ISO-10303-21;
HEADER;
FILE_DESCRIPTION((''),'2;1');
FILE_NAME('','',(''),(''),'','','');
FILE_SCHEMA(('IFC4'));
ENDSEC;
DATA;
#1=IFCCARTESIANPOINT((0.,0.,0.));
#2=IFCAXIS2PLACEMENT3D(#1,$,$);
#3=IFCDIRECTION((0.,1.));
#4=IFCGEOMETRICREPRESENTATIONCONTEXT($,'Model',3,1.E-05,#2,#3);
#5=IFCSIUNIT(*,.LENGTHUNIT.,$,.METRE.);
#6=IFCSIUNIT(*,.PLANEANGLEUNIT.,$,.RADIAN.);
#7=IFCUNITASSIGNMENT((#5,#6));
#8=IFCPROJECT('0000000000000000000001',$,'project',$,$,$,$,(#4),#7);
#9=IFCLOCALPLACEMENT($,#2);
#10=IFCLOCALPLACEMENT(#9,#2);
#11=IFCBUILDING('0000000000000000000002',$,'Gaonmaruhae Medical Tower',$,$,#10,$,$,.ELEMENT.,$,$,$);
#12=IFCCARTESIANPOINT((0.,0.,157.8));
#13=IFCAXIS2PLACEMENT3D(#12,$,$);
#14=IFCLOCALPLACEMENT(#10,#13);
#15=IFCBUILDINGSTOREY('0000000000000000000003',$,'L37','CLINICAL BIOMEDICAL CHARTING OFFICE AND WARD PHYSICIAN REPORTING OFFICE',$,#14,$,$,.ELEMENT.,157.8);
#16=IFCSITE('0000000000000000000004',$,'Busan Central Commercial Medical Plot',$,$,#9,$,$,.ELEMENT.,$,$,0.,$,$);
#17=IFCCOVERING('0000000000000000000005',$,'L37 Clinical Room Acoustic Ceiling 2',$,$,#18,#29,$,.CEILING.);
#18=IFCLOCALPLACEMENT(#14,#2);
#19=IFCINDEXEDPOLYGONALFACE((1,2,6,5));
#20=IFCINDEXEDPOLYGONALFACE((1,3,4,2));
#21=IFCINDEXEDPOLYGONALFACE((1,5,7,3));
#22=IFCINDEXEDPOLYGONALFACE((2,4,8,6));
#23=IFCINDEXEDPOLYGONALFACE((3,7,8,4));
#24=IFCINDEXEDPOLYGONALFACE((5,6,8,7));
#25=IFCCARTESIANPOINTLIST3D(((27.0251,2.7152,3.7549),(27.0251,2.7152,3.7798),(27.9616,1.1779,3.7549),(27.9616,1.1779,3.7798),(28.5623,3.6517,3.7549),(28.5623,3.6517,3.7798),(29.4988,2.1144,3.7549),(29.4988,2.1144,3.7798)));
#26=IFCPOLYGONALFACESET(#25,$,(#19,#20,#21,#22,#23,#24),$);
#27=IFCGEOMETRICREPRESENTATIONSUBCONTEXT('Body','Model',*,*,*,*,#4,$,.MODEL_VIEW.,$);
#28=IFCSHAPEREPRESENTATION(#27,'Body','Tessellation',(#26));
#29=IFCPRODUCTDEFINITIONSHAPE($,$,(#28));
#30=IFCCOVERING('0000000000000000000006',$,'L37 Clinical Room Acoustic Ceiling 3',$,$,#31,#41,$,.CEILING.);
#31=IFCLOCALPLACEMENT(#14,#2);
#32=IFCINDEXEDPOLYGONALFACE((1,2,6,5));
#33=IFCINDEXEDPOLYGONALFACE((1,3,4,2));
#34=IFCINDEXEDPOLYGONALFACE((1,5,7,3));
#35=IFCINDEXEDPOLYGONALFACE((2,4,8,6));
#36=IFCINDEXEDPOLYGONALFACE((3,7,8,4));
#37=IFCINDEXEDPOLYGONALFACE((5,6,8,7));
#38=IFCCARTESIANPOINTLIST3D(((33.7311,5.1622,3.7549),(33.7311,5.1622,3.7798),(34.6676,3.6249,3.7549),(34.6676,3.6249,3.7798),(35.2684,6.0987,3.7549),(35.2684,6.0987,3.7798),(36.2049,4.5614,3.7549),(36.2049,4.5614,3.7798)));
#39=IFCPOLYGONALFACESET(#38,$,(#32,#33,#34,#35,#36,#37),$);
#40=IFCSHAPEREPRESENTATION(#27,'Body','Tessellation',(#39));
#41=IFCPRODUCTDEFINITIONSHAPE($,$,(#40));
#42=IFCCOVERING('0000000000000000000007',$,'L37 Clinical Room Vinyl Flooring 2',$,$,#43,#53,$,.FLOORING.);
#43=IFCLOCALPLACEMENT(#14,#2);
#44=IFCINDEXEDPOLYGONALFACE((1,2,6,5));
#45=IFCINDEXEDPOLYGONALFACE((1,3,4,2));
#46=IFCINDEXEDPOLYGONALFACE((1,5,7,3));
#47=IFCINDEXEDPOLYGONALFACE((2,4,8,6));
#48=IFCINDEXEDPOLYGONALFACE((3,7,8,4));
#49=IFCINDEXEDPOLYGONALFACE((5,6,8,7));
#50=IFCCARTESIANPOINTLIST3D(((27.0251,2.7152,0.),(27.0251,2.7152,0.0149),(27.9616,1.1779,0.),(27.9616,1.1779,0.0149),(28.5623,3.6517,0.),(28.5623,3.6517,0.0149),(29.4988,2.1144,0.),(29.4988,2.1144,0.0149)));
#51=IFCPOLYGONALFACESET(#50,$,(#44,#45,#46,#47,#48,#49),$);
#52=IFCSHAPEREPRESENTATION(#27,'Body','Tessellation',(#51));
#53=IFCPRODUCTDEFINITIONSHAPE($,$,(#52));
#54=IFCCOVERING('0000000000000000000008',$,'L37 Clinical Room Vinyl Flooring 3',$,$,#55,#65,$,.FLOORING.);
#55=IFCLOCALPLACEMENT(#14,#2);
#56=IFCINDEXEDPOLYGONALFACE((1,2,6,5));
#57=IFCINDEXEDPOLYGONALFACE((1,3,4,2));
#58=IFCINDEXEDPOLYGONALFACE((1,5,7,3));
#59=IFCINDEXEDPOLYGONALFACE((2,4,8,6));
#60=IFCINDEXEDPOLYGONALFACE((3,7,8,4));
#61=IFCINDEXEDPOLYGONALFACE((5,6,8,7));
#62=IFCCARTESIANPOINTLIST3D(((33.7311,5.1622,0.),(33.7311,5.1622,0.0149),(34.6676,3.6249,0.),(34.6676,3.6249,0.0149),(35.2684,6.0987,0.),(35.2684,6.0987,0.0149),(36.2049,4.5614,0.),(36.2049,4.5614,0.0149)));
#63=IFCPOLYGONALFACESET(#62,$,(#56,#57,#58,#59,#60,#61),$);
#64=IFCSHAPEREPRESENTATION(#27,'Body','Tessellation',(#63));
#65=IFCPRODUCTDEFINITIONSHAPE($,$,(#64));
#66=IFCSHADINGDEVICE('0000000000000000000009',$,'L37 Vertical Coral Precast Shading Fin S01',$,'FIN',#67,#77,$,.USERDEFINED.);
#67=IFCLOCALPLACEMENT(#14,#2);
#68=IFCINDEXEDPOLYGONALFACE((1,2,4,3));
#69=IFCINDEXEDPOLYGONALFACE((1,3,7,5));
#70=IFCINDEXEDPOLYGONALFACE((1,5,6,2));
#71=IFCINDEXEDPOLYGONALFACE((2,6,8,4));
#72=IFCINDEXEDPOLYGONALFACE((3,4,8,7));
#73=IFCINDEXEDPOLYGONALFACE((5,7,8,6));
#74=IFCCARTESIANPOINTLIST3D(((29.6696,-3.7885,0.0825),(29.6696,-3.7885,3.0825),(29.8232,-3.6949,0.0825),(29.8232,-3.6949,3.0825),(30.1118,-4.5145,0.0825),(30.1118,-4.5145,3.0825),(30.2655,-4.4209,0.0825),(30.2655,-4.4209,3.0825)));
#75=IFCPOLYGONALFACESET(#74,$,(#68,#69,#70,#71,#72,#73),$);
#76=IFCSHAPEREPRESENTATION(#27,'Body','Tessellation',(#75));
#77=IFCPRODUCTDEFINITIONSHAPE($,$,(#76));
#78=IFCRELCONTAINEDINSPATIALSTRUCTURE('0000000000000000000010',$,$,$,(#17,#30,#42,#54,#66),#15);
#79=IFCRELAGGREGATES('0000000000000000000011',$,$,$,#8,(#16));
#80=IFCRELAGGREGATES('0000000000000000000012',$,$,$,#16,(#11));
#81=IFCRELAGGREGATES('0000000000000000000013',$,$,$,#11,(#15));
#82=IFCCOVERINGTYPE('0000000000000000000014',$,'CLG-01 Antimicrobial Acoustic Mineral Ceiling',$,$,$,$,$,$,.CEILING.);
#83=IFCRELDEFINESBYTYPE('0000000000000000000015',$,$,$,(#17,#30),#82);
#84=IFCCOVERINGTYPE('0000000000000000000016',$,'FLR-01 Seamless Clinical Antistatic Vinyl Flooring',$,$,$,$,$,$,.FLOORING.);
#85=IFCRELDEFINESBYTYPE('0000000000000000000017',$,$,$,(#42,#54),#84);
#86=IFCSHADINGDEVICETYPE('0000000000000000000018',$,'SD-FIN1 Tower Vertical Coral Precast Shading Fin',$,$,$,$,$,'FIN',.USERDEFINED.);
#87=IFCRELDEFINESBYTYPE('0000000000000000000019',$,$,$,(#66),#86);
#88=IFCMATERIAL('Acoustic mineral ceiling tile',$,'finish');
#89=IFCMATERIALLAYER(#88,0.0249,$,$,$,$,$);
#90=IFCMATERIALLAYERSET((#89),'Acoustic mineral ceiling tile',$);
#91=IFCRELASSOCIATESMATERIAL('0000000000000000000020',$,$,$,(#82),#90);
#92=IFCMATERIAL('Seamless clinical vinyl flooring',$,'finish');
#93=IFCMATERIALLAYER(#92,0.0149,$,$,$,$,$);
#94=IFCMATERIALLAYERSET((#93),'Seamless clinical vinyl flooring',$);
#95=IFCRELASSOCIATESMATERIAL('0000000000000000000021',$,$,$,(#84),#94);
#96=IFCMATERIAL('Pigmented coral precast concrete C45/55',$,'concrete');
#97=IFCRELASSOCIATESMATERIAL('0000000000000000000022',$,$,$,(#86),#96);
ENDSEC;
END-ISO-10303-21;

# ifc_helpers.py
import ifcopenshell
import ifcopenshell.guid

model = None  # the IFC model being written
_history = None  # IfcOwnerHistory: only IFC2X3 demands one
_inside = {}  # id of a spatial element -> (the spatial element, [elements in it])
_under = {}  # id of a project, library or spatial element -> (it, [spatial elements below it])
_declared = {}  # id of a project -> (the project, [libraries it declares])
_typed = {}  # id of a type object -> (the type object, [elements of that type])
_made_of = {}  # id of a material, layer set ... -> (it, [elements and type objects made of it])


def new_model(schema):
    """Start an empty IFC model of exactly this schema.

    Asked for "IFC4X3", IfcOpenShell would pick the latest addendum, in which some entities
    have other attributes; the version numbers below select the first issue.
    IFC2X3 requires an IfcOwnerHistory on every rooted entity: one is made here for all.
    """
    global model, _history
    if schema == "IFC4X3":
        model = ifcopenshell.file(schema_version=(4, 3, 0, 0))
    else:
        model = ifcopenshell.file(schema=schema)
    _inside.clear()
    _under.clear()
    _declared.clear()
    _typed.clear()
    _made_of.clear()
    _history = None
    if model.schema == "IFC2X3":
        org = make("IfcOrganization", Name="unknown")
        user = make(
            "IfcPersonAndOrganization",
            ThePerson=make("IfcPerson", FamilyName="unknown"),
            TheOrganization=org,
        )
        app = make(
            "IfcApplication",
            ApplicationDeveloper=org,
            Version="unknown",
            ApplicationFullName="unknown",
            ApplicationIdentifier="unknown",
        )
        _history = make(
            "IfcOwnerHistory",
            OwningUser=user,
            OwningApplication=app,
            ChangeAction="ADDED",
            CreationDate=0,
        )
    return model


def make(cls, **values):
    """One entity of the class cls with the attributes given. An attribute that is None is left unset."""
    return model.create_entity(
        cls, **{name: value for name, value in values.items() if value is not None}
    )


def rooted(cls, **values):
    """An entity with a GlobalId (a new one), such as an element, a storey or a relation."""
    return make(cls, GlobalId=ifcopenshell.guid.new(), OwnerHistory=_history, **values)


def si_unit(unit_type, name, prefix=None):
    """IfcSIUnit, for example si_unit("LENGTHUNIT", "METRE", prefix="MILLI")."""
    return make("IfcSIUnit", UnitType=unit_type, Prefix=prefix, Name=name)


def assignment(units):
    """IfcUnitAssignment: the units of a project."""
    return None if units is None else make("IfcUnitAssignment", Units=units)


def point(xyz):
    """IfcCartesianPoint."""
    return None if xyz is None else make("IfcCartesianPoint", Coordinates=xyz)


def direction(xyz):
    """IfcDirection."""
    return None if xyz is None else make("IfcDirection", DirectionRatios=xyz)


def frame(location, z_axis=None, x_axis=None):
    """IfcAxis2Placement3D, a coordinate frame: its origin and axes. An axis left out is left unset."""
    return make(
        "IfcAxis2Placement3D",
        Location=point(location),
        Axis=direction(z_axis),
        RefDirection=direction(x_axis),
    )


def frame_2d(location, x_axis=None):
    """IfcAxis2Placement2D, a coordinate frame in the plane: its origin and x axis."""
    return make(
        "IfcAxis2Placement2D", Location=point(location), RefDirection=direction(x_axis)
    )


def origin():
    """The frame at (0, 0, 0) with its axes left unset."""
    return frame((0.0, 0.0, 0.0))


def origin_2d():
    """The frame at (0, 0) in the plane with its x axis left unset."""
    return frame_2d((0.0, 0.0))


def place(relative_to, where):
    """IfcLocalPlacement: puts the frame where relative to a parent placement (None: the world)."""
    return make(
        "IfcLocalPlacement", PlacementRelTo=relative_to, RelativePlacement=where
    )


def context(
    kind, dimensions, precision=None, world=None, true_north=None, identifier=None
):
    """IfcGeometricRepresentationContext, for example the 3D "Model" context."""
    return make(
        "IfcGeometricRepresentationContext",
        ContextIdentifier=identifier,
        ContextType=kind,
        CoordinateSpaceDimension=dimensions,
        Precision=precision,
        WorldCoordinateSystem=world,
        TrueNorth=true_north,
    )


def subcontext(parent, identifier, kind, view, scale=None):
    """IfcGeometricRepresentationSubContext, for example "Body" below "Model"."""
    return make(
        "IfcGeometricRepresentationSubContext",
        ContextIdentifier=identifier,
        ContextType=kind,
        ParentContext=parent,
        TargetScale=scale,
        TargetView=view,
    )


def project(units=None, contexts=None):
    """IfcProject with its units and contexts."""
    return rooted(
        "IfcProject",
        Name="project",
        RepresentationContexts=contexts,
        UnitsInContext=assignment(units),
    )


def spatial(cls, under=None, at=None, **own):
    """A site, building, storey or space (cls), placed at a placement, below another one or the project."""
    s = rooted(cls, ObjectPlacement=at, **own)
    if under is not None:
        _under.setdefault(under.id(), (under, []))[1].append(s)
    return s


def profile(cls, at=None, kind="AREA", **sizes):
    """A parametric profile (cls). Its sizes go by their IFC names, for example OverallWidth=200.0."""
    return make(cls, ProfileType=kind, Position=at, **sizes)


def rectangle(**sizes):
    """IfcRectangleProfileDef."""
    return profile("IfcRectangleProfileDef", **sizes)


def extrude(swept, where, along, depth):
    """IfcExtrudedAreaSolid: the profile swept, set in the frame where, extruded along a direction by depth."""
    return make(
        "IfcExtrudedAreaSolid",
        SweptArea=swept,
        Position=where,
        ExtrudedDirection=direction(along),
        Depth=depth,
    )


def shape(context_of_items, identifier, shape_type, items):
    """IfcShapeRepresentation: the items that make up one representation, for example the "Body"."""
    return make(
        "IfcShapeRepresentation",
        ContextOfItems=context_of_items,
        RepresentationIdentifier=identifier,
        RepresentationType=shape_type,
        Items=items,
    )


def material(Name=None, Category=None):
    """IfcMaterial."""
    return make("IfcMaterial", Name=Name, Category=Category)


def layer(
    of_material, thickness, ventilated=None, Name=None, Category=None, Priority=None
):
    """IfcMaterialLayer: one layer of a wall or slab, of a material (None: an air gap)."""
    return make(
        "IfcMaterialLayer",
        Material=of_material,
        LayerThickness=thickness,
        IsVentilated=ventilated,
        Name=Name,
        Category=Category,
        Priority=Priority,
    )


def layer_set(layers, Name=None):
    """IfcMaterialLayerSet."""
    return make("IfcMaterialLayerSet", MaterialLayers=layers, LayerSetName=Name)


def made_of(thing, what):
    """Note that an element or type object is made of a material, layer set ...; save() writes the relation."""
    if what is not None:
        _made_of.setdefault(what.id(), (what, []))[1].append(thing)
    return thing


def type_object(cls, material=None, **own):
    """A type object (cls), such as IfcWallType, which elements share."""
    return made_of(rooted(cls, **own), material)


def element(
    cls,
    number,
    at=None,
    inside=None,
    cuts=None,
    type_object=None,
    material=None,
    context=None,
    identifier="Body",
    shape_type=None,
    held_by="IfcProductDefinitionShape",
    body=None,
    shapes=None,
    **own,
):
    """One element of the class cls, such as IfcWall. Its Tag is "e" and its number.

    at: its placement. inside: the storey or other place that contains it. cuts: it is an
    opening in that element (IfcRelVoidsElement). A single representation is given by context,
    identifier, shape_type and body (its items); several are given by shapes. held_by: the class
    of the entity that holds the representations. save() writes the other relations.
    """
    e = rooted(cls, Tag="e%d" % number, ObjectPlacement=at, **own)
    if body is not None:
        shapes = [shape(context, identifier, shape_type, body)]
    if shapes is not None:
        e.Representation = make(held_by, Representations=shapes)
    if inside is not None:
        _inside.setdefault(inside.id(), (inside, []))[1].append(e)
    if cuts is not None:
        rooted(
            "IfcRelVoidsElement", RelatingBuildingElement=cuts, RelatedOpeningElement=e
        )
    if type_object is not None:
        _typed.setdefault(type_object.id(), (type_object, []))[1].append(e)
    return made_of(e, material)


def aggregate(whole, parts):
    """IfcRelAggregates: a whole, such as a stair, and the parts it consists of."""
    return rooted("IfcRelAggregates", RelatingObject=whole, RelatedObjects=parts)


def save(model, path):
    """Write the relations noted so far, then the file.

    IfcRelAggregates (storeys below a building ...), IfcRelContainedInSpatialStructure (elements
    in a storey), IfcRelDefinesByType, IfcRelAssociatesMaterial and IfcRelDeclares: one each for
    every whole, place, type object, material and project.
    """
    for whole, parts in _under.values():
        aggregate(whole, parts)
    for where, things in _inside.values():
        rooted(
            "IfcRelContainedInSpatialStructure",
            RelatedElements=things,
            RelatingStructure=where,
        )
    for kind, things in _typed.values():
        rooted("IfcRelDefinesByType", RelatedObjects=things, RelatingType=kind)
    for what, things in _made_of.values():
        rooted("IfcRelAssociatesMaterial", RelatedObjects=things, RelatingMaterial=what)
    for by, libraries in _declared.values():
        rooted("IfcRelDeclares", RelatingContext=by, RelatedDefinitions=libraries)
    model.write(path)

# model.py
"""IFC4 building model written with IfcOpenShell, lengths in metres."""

from ifc_helpers import new_model, si_unit, direction, frame, origin, origin_2d, place, context, subcontext, project, spatial, rectangle, extrude, material, layer, layer_set, type_object, element, save


model = new_model("IFC4")

# Units and contexts
model_context = context("Model", 3, precision=1e-05, world=origin(), true_north=direction((0.0, 1.0)))
body_context = subcontext(model_context, "Body", "Model", "MODEL_VIEW")
ifc_project = project(units=[si_unit("LENGTHUNIT", "METRE"), si_unit("PLANEANGLEUNIT", "RADIAN")], contexts=[model_context])

# Site, building, storey
site_placement = place(None, origin())
site = spatial("IfcSite", under=ifc_project, at=site_placement, Name="Busan Central Commercial Medical Plot", CompositionType="ELEMENT", RefElevation=0.0)
building_placement = place(site_placement, origin())
building = spatial("IfcBuilding", under=site, at=building_placement, Name="Gaonmaruhae Medical Tower", CompositionType="ELEMENT")
storey_placement = place(building_placement, frame((0.0, 0.0, 157.8)))
storey = spatial("IfcBuildingStorey", under=building, at=storey_placement, Name="L37", Description="CLINICAL BIOMEDICAL CHARTING OFFICE AND WARD PHYSICIAN REPORTING OFFICE", CompositionType="ELEMENT", Elevation=157.8)

# Coverings
ifc_material_1 = material(Name="Acoustic mineral ceiling tile", Category="finish")
ifc_layer_1 = layer(ifc_material_1, 0.0249)
ifc_layer_set_1 = layer_set([ifc_layer_1], Name="Acoustic mineral ceiling tile")
covering_type_1 = type_object("IfcCoveringType", Name="CLG-01 Antimicrobial Acoustic Mineral Ceiling", PredefinedType="CEILING", material=ifc_layer_set_1)
for number, where, z_axis, x_axis, name in (
    (1, (28.262, 2.4148, 3.7549), (0.0, 0.0, 1.0), (0.854005, 0.520265, 0.0), "L37 Clinical Room Acoustic Ceiling 2"),
    (2, (34.968, 4.8618, 3.7549), (0.0, 0.0, 1.0), (0.854005, 0.520265, 0.0), "L37 Clinical Room Acoustic Ceiling 3"),
):
    element("IfcCovering", number, at=place(storey_placement, frame(where, z_axis=z_axis, x_axis=x_axis)), inside=storey, type_object=covering_type_1, Name=name, PredefinedType="CEILING", context=body_context, shape_type="SweptSolid", body=[
        extrude(rectangle(XDim=1.8, YDim=1.8, at=origin_2d()), origin(), (0.0, 0.0, 1.0), 0.0249),
    ])
ifc_material_2 = material(Name="Seamless clinical vinyl flooring", Category="finish")
ifc_layer_2 = layer(ifc_material_2, 0.0149)
ifc_layer_set_2 = layer_set([ifc_layer_2], Name="Seamless clinical vinyl flooring")
covering_type_2 = type_object("IfcCoveringType", Name="FLR-01 Seamless Clinical Antistatic Vinyl Flooring", PredefinedType="FLOORING", material=ifc_layer_set_2)
for number, where, z_axis, x_axis, name in (
    (3, (28.262, 2.4148, 0.0), (0.0, 0.0, 1.0), (0.854005, 0.520265, 0.0), "L37 Clinical Room Vinyl Flooring 2"),
    (4, (34.968, 4.8618, 0.0), (0.0, 0.0, 1.0), (0.854005, 0.520265, 0.0), "L37 Clinical Room Vinyl Flooring 3"),
):
    element("IfcCovering", number, at=place(storey_placement, frame(where, z_axis=z_axis, x_axis=x_axis)), inside=storey, type_object=covering_type_2, Name=name, PredefinedType="FLOORING", context=body_context, shape_type="SweptSolid", body=[
        extrude(rectangle(XDim=1.8, YDim=1.8, at=origin_2d()), origin(), (0.0, 0.0, 1.0), 0.0149),
    ])

# Shading device
ifc_material_3 = material(Name="Pigmented coral precast concrete C45/55", Category="concrete")
shading_device_type = type_object("IfcShadingDeviceType", Name="SD-FIN1 Tower Vertical Coral Precast Shading Fin", ElementType="FIN", PredefinedType="USERDEFINED", material=ifc_material_3)
shading_device_placement = place(storey_placement, frame((29.9675, -4.1047, 0.0825), z_axis=(0.0, 0.0, 1.0), x_axis=(-0.854005, -0.520265, 0.0)))
element("IfcShadingDevice", 5, at=shading_device_placement, inside=storey, type_object=shading_device_type, Name="L37 Vertical Coral Precast Shading Fin S01", ObjectType="FIN", PredefinedType="USERDEFINED", context=body_context, shape_type="SweptSolid", body=[
    extrude(rectangle(XDim=0.1799, YDim=0.8501, at=origin_2d()), origin(), (0.0, 0.0, 1.0), 3.0),
])

save(model, "model.ifc")
